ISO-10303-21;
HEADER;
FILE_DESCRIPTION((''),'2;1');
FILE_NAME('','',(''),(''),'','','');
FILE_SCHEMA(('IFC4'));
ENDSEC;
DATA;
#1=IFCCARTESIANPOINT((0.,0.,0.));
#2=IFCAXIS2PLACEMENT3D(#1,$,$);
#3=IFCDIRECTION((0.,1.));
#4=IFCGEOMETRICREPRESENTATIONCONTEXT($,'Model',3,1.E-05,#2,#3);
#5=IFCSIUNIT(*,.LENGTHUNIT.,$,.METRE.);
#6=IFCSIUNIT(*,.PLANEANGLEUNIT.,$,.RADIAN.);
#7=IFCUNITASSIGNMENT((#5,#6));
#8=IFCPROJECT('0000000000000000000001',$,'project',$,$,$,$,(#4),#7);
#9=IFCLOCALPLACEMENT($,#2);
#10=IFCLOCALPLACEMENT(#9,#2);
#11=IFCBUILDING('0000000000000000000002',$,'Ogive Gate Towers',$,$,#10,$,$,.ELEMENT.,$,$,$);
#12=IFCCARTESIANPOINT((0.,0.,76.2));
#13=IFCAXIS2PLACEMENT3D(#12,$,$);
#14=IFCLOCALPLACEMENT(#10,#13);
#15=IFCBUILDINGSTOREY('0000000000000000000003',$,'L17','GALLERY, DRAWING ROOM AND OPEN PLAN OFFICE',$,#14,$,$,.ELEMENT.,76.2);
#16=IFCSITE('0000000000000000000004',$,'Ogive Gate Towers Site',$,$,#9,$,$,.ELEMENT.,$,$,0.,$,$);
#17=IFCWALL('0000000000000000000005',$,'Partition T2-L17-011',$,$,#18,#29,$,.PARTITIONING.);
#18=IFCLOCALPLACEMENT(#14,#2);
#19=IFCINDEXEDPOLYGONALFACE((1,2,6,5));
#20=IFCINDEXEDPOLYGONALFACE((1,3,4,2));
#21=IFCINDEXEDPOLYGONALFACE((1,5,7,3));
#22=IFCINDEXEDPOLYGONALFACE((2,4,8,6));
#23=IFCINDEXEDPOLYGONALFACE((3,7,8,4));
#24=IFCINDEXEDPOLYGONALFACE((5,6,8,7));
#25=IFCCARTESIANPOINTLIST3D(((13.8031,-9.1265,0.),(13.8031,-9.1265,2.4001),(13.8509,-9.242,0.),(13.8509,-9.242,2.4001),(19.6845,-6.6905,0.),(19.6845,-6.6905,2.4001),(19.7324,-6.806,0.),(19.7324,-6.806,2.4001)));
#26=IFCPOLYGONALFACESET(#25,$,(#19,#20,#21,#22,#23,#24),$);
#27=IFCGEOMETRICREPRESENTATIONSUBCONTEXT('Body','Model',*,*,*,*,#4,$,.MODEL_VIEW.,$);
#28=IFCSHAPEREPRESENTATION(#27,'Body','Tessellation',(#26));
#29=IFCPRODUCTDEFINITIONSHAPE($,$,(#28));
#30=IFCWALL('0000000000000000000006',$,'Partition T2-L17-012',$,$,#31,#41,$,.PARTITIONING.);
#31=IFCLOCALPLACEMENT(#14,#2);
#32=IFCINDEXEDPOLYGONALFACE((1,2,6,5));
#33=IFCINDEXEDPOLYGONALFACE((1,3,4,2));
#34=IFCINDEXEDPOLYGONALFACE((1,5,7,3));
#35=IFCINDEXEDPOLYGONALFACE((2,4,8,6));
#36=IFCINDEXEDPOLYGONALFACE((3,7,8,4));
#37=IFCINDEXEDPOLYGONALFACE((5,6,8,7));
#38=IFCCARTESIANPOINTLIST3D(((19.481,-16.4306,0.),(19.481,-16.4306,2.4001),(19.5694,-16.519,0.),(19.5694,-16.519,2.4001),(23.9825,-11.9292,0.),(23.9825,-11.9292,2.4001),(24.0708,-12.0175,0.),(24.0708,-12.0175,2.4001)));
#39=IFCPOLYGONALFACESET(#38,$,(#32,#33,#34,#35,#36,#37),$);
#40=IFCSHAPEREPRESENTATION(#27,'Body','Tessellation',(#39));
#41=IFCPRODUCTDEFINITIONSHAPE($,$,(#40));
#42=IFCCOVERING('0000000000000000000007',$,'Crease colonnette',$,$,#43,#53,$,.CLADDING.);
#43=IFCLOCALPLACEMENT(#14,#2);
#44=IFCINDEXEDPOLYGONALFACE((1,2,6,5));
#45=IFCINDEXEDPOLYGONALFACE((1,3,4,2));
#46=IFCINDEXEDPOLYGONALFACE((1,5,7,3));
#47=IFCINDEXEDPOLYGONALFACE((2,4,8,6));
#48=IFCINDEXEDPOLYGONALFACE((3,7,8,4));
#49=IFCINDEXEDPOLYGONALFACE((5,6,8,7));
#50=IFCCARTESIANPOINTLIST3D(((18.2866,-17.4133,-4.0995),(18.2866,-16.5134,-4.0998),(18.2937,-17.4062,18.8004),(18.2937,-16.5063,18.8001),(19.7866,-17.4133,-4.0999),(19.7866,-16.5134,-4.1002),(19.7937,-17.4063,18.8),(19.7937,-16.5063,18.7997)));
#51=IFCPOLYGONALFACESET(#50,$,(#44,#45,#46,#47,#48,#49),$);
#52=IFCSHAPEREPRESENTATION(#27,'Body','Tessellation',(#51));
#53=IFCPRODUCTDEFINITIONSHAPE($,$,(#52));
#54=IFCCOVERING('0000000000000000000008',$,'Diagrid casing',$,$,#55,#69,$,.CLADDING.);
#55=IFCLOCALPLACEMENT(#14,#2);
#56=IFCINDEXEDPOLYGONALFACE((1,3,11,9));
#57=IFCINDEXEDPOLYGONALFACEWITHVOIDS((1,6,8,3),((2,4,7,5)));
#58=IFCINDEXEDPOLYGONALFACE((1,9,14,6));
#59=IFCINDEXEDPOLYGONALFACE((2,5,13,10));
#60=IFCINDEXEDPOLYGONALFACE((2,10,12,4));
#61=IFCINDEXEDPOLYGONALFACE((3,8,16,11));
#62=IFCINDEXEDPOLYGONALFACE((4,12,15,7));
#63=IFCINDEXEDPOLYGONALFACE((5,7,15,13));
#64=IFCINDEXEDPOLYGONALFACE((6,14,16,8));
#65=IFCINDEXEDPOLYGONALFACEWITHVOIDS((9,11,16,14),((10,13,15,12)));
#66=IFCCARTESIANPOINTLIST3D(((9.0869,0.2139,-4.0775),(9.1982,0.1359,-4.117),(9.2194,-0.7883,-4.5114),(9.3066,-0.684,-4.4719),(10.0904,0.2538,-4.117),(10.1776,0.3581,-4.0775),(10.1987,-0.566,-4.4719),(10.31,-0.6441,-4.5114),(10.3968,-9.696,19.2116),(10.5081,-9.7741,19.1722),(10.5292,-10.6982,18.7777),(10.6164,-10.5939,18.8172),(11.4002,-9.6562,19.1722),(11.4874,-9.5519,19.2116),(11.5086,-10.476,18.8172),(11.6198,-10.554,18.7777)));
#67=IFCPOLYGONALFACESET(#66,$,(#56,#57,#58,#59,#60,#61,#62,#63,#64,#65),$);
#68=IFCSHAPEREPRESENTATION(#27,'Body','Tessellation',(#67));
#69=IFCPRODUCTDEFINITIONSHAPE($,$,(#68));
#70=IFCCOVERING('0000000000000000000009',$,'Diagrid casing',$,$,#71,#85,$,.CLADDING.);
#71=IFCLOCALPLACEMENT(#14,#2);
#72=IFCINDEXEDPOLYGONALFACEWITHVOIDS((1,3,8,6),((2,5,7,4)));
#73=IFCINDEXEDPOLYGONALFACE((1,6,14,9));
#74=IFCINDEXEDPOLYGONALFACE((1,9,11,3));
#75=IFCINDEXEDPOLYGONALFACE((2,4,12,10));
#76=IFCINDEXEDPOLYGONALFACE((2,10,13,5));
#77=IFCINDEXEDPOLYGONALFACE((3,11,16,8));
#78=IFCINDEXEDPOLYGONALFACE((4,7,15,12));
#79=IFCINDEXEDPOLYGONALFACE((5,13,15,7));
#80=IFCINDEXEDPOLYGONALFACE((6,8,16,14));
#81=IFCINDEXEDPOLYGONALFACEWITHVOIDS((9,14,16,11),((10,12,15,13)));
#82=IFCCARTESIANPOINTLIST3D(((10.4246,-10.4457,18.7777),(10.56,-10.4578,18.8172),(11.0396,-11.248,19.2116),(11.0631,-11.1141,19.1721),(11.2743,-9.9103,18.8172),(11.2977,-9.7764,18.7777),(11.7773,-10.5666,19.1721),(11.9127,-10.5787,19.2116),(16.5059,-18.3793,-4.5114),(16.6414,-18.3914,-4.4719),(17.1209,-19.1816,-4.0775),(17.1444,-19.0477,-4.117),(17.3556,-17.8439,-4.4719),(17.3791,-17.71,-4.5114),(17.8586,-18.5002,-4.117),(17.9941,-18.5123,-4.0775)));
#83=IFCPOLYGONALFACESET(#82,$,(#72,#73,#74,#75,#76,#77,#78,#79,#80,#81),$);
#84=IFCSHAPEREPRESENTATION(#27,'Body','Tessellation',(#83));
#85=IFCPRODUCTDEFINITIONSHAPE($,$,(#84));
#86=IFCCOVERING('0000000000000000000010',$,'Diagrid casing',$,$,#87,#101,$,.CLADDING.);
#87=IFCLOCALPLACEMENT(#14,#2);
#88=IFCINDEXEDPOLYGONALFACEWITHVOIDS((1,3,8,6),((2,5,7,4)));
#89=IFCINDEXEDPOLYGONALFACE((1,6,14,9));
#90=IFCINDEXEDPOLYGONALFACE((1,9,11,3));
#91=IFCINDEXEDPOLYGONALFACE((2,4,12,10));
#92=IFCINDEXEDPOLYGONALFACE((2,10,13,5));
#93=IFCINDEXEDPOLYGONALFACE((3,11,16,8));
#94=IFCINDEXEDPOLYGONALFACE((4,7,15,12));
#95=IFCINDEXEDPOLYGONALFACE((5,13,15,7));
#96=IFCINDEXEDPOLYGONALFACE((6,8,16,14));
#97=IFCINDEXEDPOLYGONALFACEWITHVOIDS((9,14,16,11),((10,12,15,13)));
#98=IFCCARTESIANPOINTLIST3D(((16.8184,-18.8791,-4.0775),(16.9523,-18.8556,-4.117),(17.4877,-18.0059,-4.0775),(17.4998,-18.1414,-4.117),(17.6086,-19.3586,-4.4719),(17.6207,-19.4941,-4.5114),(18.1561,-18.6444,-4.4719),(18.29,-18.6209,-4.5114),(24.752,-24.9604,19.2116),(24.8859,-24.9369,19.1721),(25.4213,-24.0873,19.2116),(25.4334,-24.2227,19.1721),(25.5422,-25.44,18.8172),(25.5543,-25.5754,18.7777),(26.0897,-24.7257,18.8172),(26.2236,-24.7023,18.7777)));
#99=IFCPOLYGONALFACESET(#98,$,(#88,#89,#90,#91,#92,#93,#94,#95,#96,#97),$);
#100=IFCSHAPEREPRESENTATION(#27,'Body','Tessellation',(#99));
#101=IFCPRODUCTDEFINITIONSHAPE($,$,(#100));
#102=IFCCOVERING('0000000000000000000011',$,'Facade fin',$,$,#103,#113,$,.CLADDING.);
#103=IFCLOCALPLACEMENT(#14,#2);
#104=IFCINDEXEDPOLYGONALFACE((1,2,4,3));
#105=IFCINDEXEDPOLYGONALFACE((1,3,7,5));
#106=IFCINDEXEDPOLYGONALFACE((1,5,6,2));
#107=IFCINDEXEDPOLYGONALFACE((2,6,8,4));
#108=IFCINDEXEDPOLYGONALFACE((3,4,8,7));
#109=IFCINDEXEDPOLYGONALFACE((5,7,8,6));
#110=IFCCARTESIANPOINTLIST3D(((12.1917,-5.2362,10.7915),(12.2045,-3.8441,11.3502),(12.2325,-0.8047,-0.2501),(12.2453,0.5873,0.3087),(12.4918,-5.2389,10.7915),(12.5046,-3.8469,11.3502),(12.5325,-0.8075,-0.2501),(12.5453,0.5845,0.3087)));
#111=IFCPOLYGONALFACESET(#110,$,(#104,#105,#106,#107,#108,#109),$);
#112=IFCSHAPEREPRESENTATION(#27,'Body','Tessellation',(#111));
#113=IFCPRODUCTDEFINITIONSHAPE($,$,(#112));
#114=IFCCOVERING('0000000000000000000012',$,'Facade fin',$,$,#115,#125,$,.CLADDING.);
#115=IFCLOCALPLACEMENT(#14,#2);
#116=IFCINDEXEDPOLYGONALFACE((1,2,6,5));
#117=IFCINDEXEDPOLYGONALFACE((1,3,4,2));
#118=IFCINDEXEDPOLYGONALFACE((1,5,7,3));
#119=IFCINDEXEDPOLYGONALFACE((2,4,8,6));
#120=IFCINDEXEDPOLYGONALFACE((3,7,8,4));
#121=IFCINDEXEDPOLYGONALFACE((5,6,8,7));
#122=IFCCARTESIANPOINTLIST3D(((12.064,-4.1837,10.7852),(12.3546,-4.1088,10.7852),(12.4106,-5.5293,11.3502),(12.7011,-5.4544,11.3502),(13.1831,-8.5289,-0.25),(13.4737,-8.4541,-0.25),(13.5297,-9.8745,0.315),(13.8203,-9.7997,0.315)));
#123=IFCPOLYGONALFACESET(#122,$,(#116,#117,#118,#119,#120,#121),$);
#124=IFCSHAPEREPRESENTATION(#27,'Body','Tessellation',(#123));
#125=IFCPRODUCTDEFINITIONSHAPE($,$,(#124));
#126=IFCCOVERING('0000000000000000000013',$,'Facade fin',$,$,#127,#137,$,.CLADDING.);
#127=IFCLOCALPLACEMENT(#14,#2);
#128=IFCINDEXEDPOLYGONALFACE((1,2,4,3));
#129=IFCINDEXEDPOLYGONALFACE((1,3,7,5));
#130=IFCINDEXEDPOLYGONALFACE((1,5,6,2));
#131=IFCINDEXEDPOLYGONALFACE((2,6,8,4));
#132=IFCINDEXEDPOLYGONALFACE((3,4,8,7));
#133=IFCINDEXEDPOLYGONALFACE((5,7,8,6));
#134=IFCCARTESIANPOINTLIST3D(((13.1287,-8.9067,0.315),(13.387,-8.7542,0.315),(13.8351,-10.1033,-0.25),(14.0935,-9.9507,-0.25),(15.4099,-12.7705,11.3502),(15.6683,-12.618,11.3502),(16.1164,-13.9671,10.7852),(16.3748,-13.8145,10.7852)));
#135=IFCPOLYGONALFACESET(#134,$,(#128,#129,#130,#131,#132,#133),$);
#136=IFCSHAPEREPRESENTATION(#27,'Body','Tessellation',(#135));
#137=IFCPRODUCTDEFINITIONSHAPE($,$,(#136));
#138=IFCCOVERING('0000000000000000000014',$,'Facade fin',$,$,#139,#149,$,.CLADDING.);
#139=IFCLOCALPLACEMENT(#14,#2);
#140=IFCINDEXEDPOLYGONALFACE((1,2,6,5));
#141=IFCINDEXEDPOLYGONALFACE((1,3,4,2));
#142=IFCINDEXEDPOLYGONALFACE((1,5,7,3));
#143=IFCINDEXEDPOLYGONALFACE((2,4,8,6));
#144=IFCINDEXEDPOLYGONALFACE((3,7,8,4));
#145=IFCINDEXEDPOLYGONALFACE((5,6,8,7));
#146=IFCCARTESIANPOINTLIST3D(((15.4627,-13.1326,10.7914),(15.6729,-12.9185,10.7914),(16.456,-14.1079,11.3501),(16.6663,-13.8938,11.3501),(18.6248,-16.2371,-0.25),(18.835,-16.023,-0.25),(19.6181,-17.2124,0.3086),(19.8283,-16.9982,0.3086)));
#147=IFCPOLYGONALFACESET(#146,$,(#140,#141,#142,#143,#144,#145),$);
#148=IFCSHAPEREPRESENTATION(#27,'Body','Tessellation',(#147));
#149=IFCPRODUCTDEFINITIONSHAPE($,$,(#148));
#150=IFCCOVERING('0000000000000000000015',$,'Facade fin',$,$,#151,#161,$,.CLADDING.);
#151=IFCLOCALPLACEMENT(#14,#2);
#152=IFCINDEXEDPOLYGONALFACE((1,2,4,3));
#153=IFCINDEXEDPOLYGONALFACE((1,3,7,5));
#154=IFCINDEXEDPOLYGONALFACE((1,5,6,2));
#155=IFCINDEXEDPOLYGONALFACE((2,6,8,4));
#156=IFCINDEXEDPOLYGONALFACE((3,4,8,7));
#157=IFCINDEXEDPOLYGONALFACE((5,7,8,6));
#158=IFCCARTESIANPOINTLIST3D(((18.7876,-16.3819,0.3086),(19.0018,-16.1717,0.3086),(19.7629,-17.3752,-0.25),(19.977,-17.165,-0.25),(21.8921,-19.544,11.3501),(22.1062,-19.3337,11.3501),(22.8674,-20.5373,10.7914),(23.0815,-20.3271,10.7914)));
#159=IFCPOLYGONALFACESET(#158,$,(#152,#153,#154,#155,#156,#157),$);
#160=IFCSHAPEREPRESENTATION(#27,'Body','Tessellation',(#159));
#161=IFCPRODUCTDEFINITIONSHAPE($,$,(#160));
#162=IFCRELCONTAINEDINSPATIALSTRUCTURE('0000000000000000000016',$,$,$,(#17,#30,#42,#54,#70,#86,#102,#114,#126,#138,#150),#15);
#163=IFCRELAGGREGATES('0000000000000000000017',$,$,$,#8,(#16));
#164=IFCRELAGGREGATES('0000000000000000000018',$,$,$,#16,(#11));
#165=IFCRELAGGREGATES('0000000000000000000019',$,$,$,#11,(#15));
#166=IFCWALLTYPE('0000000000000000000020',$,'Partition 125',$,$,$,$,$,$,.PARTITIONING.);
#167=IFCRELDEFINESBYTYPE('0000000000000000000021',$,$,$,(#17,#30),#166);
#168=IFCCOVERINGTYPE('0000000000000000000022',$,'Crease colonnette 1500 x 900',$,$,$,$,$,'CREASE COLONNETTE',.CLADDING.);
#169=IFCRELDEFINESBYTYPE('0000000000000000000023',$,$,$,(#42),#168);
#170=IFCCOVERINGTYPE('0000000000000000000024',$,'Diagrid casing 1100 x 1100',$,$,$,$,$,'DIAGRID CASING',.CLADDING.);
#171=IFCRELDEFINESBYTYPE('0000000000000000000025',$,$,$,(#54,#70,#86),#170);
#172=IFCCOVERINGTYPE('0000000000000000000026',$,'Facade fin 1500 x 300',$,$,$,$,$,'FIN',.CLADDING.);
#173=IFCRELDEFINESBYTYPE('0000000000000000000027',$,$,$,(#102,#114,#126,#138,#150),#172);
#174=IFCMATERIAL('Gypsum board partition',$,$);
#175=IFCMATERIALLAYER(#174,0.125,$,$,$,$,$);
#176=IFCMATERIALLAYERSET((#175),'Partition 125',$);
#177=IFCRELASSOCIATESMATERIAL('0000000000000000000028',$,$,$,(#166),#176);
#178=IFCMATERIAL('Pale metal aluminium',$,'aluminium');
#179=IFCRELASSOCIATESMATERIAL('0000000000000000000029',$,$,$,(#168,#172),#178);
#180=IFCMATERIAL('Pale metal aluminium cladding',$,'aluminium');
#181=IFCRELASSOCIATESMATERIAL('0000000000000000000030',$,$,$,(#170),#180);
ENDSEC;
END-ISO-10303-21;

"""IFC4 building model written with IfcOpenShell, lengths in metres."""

from ifc_helpers import new_model, si_unit, direction, frame, frame_2d, origin, origin_2d, place, context, subcontext, project, spatial, rectangle, hollow_rectangle, extrude, material, layer, layer_set, material_profile, profile_set, type_object, element, save


model = new_model("IFC4")

# Units and contexts
model_context = context("Model", 3, precision=1e-05, world=origin(), true_north=direction((0.0, 1.0)))
body_context = subcontext(model_context, "Body", "Model", "MODEL_VIEW")
ifc_project = project(units=[si_unit("LENGTHUNIT", "METRE"), si_unit("PLANEANGLEUNIT", "RADIAN")], contexts=[model_context])

# Site, building, storey
site_placement = place(None, origin())
site = spatial("IfcSite", under=ifc_project, at=site_placement, Name="Ogive Gate Towers Site", CompositionType="ELEMENT", RefElevation=0.0)
building_placement = place(site_placement, origin())
building = spatial("IfcBuilding", under=site, at=building_placement, Name="Ogive Gate Towers", CompositionType="ELEMENT")
storey_placement = place(building_placement, frame((0.0, 0.0, 76.2)))
storey = spatial("IfcBuildingStorey", under=building, at=storey_placement, Name="L17", Description="GALLERY, DRAWING ROOM AND OPEN PLAN OFFICE", CompositionType="ELEMENT", Elevation=76.2)

# Shared definitions
ifc_material_1 = material(Name="Pale metal aluminium", Category="aluminium")

# Walls
ifc_material_2 = material(Name="Gypsum board partition")
ifc_layer_1 = layer(ifc_material_2, 0.125)
ifc_layer_set_1 = layer_set([ifc_layer_1], Name="Partition 125")
wall_type = type_object("IfcWallType", Name="Partition 125", PredefinedType="PARTITIONING", material=ifc_layer_set_1)
for number, where, z_axis, x_axis, name in (
    (1, (13.8269, -9.1843, 0.0), (0.0, 0.0, 1.0), (0.923885, 0.38267, 0.0), "Partition T2-L17-011"),
    (2, (19.5251, -16.4749, 0.0), (0.0, 0.0, 1.0), (0.707107, 0.707107, 0.0), "Partition T2-L17-012"),
):
    element("IfcWall", number, at=place(storey_placement, frame(where, z_axis=z_axis, x_axis=x_axis)), inside=storey, type_object=wall_type, Name=name, PredefinedType="PARTITIONING", context=body_context, shape_type="SweptSolid", body=[
        extrude(rectangle(XDim=6.366, YDim=0.125, at=frame_2d((3.1831, 0.0))), origin(), (0.0, 0.0, 1.0), 2.4001),
    ])

# Coverings
ifc_material_profile_1 = material_profile(ifc_material_1, rectangle(XDim=1.5, YDim=0.8999, at=origin_2d()), Name="1500 x 900 pale metal aluminium")
ifc_profile_set_1 = profile_set([ifc_material_profile_1], Name="Pale metal aluminium")
covering_type_1 = type_object("IfcCoveringType", Name="Crease colonnette 1500 x 900", ElementType="CREASE COLONNETTE", PredefinedType="CLADDING", material=ifc_profile_set_1)
covering_1_placement = place(storey_placement, frame((19.0366, -16.9634, -4.0999), z_axis=(0.000309, 0.000309, 1.0), x_axis=(1.0, 0.0, 0.0)))
element("IfcCovering", 3, at=covering_1_placement, inside=storey, type_object=covering_type_1, Name="Crease colonnette", PredefinedType="CLADDING", context=body_context, shape_type="SweptSolid", body=[
    extrude(rectangle(XDim=1.5, YDim=0.8999, at=origin_2d()), origin(), (0.0, 0.0, 1.0), 22.8999),
])
ifc_material_3 = material(Name="Pale metal aluminium cladding", Category="aluminium")
ifc_material_profile_2 = material_profile(ifc_material_3, hollow_rectangle(XDim=1.1001, YDim=1.1001, WallThickness=0.1001, at=origin_2d()), Name="1100 x 1100 pale metal casing")
ifc_profile_set_2 = profile_set([ifc_material_profile_2], Name="Pale metal aluminium cladding")
covering_type_2 = type_object("IfcCoveringType", Name="Diagrid casing 1100 x 1100", ElementType="DIAGRID CASING", PredefinedType="CLADDING", material=ifc_profile_set_2)
for number, where, z_axis, x_axis, name in (
    (4, (9.6985, -0.2151, -4.2944), (0.051682, -0.391021, 0.91893), (0.991378, 0.131033, 0.0), "Diagrid casing"),
    (5, (17.25, -18.4458, -4.2944), (-0.239953, 0.31304, 0.918928), (-0.793661, -0.608361, 0.0), "Diagrid casing"),
    (6, (17.5542, -18.75, -4.2944), (0.31304, -0.239953, 0.918928), (0.608361, 0.793661, 0.0), "Diagrid casing"),
):
    element("IfcCovering", number, at=place(storey_placement, frame(where, z_axis=z_axis, x_axis=x_axis)), inside=storey, type_object=covering_type_2, Name=name, PredefinedType="CLADDING", context=body_context, shape_type="SweptSolid", body=[
        extrude(hollow_rectangle(XDim=1.1001, YDim=1.1001, WallThickness=0.1001, at=origin_2d()), origin(), (0.0, 0.0, 1.0), 25.3438),
    ])
ifc_material_profile_3 = material_profile(ifc_material_1, rectangle(XDim=0.3, YDim=1.5, at=origin_2d()), Name="1500 x 300 pale metal aluminium")
ifc_profile_set_3 = profile_set([ifc_material_profile_3], Name="Pale metal aluminium")
covering_type_3 = type_object("IfcCoveringType", Name="Facade fin 1500 x 300", ElementType="FIN", PredefinedType="CLADDING", material=ifc_profile_set_3)
covering_2_placement = place(storey_placement, frame((12.3889, -0.1101, 0.0293), z_axis=(-0.003427, -0.37246, 0.928042), x_axis=(0.999958, -0.0092, 0.0)))
element("IfcCovering", 7, at=covering_2_placement, inside=storey, type_object=covering_type_3, Name="Facade fin", PredefinedType="CLADDING", context=body_context, shape_type="SweptSolid", body=[
    extrude(rectangle(XDim=0.3, YDim=1.5, at=origin_2d()), origin(), (0.0, 0.0, 1.0), 11.8977),
])
for number, where, z_axis, x_axis, name in (
    (8, (13.5017, -9.1643, 0.0325), (-0.093947, 0.36476, 0.92635), (-0.968396, -0.249417, 0.0), "Facade fin"),
    (9, (13.6111, -9.4287, 0.0325), (0.191501, -0.324346, 0.926352), (0.861111, 0.508418, 0.0), "Facade fin"),
):
    element("IfcCovering", number, at=place(storey_placement, frame(where, z_axis=z_axis, x_axis=x_axis)), inside=storey, type_object=covering_type_3, Name=name, PredefinedType="CLADDING", context=body_context, shape_type="SweptSolid", body=[
        extrude(rectangle(XDim=0.3, YDim=1.5, at=origin_2d()), origin(), (0.0, 0.0, 1.0), 11.9126),
    ])
for number, where, z_axis, x_axis, name in (
    (10, (19.2266, -16.6177, 0.0293), (-0.265778, 0.260935, 0.928049), (-0.700576, -0.713578, 0.0), "Facade fin"),
    (11, (19.3823, -16.7734, 0.0293), (0.260935, -0.265778, 0.928049), (0.713578, 0.700576, 0.0), "Facade fin"),
):
    element("IfcCovering", number, at=place(storey_placement, frame(where, z_axis=z_axis, x_axis=x_axis)), inside=storey, type_object=covering_type_3, Name=name, PredefinedType="CLADDING", context=body_context, shape_type="SweptSolid", body=[
        extrude(rectangle(XDim=0.3, YDim=1.5, at=origin_2d()), origin(), (0.0, 0.0, 1.0), 11.8975),
    ])

save(model, "model.ifc")
